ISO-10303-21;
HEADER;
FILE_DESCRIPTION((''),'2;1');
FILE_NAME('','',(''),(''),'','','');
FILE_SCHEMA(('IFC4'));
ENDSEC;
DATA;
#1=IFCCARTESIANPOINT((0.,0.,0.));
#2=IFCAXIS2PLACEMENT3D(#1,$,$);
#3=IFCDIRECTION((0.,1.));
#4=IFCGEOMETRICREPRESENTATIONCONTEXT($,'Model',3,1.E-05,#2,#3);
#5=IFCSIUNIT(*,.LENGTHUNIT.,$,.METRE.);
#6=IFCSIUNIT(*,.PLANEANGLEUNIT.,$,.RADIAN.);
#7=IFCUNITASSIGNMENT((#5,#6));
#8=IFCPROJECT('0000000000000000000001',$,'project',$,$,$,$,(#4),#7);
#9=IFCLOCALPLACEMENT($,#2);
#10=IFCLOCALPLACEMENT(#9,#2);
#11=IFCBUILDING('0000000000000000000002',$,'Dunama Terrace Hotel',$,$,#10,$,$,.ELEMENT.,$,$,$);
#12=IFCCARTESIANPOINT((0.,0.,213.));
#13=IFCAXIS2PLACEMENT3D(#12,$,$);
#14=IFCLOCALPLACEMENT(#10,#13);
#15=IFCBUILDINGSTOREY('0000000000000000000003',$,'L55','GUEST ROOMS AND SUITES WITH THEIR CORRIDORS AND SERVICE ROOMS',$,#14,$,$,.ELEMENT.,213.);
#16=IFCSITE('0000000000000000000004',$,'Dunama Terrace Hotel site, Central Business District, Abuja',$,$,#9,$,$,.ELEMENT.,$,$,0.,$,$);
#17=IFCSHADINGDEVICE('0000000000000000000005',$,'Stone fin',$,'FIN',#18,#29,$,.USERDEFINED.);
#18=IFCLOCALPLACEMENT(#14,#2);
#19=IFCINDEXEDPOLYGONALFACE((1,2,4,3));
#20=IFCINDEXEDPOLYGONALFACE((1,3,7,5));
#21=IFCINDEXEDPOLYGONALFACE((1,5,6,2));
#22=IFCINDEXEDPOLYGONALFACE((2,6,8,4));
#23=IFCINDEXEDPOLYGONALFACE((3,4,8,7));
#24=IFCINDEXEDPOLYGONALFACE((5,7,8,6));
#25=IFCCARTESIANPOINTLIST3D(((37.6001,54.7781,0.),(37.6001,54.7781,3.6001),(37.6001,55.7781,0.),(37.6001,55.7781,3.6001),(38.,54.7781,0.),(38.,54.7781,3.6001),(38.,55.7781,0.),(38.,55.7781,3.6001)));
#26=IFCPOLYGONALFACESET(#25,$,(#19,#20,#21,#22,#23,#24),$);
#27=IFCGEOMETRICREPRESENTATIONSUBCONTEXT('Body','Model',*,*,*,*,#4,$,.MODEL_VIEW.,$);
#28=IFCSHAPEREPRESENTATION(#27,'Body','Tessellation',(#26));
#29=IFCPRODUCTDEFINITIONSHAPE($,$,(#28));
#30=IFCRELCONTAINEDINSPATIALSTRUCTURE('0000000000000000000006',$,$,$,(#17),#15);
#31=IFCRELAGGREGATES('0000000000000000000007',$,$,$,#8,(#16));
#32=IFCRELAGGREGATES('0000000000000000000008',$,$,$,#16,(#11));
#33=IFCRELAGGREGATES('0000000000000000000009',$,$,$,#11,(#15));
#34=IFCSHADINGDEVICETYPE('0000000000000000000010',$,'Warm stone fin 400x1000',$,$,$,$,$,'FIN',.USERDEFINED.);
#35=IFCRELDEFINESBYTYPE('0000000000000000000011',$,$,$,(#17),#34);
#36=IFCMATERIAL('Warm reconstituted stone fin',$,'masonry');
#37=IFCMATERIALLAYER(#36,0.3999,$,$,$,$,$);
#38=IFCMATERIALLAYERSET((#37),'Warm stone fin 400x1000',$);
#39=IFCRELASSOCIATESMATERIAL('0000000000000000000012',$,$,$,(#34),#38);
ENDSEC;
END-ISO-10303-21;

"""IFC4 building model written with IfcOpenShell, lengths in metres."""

from ifc_helpers import new_model, si_unit, direction, frame, origin, origin_2d, place, context, subcontext, project, spatial, rectangle, extrude, material, layer, layer_set, type_object, element, save


model = new_model("IFC4")

# Units and contexts
model_context = context("Model", 3, precision=1e-05, world=origin(), true_north=direction((0.0, 1.0)))
body_context = subcontext(model_context, "Body", "Model", "MODEL_VIEW")
ifc_project = project(units=[si_unit("LENGTHUNIT", "METRE"), si_unit("PLANEANGLEUNIT", "RADIAN")], contexts=[model_context])

# Site, building, storey
site_placement = place(None, origin())
site = spatial("IfcSite", under=ifc_project, at=site_placement, Name="Dunama Terrace Hotel site, Central Business District, Abuja", CompositionType="ELEMENT", RefElevation=0.0)
building_placement = place(site_placement, origin())
building = spatial("IfcBuilding", under=site, at=building_placement, Name="Dunama Terrace Hotel", CompositionType="ELEMENT")
storey_placement = place(building_placement, frame((0.0, 0.0, 213.0)))
storey = spatial("IfcBuildingStorey", under=building, at=storey_placement, Name="L55", Description="GUEST ROOMS AND SUITES WITH THEIR CORRIDORS AND SERVICE ROOMS", CompositionType="ELEMENT", Elevation=213.0)

# Shading device
ifc_material_1 = material(Name="Warm reconstituted stone fin", Category="masonry")
ifc_layer_1 = layer(ifc_material_1, 0.3999)
ifc_layer_set_1 = layer_set([ifc_layer_1], Name="Warm stone fin 400x1000")
shading_device_type = type_object("IfcShadingDeviceType", Name="Warm stone fin 400x1000", ElementType="FIN", PredefinedType="USERDEFINED", material=ifc_layer_set_1)
shading_device_placement = place(storey_placement, frame((37.8, 55.2781, 0.0), z_axis=(0.0, 0.0, 1.0), x_axis=(-1.0, 0.0, 0.0)))
element("IfcShadingDevice", 1, at=shading_device_placement, inside=storey, type_object=shading_device_type, Name="Stone fin", ObjectType="FIN", PredefinedType="USERDEFINED", context=body_context, shape_type="SweptSolid", body=[
    extrude(rectangle(XDim=0.3999, YDim=1.0, at=origin_2d()), origin(), (0.0, 0.0, 1.0), 3.6001),
])

save(model, "model.ifc")
